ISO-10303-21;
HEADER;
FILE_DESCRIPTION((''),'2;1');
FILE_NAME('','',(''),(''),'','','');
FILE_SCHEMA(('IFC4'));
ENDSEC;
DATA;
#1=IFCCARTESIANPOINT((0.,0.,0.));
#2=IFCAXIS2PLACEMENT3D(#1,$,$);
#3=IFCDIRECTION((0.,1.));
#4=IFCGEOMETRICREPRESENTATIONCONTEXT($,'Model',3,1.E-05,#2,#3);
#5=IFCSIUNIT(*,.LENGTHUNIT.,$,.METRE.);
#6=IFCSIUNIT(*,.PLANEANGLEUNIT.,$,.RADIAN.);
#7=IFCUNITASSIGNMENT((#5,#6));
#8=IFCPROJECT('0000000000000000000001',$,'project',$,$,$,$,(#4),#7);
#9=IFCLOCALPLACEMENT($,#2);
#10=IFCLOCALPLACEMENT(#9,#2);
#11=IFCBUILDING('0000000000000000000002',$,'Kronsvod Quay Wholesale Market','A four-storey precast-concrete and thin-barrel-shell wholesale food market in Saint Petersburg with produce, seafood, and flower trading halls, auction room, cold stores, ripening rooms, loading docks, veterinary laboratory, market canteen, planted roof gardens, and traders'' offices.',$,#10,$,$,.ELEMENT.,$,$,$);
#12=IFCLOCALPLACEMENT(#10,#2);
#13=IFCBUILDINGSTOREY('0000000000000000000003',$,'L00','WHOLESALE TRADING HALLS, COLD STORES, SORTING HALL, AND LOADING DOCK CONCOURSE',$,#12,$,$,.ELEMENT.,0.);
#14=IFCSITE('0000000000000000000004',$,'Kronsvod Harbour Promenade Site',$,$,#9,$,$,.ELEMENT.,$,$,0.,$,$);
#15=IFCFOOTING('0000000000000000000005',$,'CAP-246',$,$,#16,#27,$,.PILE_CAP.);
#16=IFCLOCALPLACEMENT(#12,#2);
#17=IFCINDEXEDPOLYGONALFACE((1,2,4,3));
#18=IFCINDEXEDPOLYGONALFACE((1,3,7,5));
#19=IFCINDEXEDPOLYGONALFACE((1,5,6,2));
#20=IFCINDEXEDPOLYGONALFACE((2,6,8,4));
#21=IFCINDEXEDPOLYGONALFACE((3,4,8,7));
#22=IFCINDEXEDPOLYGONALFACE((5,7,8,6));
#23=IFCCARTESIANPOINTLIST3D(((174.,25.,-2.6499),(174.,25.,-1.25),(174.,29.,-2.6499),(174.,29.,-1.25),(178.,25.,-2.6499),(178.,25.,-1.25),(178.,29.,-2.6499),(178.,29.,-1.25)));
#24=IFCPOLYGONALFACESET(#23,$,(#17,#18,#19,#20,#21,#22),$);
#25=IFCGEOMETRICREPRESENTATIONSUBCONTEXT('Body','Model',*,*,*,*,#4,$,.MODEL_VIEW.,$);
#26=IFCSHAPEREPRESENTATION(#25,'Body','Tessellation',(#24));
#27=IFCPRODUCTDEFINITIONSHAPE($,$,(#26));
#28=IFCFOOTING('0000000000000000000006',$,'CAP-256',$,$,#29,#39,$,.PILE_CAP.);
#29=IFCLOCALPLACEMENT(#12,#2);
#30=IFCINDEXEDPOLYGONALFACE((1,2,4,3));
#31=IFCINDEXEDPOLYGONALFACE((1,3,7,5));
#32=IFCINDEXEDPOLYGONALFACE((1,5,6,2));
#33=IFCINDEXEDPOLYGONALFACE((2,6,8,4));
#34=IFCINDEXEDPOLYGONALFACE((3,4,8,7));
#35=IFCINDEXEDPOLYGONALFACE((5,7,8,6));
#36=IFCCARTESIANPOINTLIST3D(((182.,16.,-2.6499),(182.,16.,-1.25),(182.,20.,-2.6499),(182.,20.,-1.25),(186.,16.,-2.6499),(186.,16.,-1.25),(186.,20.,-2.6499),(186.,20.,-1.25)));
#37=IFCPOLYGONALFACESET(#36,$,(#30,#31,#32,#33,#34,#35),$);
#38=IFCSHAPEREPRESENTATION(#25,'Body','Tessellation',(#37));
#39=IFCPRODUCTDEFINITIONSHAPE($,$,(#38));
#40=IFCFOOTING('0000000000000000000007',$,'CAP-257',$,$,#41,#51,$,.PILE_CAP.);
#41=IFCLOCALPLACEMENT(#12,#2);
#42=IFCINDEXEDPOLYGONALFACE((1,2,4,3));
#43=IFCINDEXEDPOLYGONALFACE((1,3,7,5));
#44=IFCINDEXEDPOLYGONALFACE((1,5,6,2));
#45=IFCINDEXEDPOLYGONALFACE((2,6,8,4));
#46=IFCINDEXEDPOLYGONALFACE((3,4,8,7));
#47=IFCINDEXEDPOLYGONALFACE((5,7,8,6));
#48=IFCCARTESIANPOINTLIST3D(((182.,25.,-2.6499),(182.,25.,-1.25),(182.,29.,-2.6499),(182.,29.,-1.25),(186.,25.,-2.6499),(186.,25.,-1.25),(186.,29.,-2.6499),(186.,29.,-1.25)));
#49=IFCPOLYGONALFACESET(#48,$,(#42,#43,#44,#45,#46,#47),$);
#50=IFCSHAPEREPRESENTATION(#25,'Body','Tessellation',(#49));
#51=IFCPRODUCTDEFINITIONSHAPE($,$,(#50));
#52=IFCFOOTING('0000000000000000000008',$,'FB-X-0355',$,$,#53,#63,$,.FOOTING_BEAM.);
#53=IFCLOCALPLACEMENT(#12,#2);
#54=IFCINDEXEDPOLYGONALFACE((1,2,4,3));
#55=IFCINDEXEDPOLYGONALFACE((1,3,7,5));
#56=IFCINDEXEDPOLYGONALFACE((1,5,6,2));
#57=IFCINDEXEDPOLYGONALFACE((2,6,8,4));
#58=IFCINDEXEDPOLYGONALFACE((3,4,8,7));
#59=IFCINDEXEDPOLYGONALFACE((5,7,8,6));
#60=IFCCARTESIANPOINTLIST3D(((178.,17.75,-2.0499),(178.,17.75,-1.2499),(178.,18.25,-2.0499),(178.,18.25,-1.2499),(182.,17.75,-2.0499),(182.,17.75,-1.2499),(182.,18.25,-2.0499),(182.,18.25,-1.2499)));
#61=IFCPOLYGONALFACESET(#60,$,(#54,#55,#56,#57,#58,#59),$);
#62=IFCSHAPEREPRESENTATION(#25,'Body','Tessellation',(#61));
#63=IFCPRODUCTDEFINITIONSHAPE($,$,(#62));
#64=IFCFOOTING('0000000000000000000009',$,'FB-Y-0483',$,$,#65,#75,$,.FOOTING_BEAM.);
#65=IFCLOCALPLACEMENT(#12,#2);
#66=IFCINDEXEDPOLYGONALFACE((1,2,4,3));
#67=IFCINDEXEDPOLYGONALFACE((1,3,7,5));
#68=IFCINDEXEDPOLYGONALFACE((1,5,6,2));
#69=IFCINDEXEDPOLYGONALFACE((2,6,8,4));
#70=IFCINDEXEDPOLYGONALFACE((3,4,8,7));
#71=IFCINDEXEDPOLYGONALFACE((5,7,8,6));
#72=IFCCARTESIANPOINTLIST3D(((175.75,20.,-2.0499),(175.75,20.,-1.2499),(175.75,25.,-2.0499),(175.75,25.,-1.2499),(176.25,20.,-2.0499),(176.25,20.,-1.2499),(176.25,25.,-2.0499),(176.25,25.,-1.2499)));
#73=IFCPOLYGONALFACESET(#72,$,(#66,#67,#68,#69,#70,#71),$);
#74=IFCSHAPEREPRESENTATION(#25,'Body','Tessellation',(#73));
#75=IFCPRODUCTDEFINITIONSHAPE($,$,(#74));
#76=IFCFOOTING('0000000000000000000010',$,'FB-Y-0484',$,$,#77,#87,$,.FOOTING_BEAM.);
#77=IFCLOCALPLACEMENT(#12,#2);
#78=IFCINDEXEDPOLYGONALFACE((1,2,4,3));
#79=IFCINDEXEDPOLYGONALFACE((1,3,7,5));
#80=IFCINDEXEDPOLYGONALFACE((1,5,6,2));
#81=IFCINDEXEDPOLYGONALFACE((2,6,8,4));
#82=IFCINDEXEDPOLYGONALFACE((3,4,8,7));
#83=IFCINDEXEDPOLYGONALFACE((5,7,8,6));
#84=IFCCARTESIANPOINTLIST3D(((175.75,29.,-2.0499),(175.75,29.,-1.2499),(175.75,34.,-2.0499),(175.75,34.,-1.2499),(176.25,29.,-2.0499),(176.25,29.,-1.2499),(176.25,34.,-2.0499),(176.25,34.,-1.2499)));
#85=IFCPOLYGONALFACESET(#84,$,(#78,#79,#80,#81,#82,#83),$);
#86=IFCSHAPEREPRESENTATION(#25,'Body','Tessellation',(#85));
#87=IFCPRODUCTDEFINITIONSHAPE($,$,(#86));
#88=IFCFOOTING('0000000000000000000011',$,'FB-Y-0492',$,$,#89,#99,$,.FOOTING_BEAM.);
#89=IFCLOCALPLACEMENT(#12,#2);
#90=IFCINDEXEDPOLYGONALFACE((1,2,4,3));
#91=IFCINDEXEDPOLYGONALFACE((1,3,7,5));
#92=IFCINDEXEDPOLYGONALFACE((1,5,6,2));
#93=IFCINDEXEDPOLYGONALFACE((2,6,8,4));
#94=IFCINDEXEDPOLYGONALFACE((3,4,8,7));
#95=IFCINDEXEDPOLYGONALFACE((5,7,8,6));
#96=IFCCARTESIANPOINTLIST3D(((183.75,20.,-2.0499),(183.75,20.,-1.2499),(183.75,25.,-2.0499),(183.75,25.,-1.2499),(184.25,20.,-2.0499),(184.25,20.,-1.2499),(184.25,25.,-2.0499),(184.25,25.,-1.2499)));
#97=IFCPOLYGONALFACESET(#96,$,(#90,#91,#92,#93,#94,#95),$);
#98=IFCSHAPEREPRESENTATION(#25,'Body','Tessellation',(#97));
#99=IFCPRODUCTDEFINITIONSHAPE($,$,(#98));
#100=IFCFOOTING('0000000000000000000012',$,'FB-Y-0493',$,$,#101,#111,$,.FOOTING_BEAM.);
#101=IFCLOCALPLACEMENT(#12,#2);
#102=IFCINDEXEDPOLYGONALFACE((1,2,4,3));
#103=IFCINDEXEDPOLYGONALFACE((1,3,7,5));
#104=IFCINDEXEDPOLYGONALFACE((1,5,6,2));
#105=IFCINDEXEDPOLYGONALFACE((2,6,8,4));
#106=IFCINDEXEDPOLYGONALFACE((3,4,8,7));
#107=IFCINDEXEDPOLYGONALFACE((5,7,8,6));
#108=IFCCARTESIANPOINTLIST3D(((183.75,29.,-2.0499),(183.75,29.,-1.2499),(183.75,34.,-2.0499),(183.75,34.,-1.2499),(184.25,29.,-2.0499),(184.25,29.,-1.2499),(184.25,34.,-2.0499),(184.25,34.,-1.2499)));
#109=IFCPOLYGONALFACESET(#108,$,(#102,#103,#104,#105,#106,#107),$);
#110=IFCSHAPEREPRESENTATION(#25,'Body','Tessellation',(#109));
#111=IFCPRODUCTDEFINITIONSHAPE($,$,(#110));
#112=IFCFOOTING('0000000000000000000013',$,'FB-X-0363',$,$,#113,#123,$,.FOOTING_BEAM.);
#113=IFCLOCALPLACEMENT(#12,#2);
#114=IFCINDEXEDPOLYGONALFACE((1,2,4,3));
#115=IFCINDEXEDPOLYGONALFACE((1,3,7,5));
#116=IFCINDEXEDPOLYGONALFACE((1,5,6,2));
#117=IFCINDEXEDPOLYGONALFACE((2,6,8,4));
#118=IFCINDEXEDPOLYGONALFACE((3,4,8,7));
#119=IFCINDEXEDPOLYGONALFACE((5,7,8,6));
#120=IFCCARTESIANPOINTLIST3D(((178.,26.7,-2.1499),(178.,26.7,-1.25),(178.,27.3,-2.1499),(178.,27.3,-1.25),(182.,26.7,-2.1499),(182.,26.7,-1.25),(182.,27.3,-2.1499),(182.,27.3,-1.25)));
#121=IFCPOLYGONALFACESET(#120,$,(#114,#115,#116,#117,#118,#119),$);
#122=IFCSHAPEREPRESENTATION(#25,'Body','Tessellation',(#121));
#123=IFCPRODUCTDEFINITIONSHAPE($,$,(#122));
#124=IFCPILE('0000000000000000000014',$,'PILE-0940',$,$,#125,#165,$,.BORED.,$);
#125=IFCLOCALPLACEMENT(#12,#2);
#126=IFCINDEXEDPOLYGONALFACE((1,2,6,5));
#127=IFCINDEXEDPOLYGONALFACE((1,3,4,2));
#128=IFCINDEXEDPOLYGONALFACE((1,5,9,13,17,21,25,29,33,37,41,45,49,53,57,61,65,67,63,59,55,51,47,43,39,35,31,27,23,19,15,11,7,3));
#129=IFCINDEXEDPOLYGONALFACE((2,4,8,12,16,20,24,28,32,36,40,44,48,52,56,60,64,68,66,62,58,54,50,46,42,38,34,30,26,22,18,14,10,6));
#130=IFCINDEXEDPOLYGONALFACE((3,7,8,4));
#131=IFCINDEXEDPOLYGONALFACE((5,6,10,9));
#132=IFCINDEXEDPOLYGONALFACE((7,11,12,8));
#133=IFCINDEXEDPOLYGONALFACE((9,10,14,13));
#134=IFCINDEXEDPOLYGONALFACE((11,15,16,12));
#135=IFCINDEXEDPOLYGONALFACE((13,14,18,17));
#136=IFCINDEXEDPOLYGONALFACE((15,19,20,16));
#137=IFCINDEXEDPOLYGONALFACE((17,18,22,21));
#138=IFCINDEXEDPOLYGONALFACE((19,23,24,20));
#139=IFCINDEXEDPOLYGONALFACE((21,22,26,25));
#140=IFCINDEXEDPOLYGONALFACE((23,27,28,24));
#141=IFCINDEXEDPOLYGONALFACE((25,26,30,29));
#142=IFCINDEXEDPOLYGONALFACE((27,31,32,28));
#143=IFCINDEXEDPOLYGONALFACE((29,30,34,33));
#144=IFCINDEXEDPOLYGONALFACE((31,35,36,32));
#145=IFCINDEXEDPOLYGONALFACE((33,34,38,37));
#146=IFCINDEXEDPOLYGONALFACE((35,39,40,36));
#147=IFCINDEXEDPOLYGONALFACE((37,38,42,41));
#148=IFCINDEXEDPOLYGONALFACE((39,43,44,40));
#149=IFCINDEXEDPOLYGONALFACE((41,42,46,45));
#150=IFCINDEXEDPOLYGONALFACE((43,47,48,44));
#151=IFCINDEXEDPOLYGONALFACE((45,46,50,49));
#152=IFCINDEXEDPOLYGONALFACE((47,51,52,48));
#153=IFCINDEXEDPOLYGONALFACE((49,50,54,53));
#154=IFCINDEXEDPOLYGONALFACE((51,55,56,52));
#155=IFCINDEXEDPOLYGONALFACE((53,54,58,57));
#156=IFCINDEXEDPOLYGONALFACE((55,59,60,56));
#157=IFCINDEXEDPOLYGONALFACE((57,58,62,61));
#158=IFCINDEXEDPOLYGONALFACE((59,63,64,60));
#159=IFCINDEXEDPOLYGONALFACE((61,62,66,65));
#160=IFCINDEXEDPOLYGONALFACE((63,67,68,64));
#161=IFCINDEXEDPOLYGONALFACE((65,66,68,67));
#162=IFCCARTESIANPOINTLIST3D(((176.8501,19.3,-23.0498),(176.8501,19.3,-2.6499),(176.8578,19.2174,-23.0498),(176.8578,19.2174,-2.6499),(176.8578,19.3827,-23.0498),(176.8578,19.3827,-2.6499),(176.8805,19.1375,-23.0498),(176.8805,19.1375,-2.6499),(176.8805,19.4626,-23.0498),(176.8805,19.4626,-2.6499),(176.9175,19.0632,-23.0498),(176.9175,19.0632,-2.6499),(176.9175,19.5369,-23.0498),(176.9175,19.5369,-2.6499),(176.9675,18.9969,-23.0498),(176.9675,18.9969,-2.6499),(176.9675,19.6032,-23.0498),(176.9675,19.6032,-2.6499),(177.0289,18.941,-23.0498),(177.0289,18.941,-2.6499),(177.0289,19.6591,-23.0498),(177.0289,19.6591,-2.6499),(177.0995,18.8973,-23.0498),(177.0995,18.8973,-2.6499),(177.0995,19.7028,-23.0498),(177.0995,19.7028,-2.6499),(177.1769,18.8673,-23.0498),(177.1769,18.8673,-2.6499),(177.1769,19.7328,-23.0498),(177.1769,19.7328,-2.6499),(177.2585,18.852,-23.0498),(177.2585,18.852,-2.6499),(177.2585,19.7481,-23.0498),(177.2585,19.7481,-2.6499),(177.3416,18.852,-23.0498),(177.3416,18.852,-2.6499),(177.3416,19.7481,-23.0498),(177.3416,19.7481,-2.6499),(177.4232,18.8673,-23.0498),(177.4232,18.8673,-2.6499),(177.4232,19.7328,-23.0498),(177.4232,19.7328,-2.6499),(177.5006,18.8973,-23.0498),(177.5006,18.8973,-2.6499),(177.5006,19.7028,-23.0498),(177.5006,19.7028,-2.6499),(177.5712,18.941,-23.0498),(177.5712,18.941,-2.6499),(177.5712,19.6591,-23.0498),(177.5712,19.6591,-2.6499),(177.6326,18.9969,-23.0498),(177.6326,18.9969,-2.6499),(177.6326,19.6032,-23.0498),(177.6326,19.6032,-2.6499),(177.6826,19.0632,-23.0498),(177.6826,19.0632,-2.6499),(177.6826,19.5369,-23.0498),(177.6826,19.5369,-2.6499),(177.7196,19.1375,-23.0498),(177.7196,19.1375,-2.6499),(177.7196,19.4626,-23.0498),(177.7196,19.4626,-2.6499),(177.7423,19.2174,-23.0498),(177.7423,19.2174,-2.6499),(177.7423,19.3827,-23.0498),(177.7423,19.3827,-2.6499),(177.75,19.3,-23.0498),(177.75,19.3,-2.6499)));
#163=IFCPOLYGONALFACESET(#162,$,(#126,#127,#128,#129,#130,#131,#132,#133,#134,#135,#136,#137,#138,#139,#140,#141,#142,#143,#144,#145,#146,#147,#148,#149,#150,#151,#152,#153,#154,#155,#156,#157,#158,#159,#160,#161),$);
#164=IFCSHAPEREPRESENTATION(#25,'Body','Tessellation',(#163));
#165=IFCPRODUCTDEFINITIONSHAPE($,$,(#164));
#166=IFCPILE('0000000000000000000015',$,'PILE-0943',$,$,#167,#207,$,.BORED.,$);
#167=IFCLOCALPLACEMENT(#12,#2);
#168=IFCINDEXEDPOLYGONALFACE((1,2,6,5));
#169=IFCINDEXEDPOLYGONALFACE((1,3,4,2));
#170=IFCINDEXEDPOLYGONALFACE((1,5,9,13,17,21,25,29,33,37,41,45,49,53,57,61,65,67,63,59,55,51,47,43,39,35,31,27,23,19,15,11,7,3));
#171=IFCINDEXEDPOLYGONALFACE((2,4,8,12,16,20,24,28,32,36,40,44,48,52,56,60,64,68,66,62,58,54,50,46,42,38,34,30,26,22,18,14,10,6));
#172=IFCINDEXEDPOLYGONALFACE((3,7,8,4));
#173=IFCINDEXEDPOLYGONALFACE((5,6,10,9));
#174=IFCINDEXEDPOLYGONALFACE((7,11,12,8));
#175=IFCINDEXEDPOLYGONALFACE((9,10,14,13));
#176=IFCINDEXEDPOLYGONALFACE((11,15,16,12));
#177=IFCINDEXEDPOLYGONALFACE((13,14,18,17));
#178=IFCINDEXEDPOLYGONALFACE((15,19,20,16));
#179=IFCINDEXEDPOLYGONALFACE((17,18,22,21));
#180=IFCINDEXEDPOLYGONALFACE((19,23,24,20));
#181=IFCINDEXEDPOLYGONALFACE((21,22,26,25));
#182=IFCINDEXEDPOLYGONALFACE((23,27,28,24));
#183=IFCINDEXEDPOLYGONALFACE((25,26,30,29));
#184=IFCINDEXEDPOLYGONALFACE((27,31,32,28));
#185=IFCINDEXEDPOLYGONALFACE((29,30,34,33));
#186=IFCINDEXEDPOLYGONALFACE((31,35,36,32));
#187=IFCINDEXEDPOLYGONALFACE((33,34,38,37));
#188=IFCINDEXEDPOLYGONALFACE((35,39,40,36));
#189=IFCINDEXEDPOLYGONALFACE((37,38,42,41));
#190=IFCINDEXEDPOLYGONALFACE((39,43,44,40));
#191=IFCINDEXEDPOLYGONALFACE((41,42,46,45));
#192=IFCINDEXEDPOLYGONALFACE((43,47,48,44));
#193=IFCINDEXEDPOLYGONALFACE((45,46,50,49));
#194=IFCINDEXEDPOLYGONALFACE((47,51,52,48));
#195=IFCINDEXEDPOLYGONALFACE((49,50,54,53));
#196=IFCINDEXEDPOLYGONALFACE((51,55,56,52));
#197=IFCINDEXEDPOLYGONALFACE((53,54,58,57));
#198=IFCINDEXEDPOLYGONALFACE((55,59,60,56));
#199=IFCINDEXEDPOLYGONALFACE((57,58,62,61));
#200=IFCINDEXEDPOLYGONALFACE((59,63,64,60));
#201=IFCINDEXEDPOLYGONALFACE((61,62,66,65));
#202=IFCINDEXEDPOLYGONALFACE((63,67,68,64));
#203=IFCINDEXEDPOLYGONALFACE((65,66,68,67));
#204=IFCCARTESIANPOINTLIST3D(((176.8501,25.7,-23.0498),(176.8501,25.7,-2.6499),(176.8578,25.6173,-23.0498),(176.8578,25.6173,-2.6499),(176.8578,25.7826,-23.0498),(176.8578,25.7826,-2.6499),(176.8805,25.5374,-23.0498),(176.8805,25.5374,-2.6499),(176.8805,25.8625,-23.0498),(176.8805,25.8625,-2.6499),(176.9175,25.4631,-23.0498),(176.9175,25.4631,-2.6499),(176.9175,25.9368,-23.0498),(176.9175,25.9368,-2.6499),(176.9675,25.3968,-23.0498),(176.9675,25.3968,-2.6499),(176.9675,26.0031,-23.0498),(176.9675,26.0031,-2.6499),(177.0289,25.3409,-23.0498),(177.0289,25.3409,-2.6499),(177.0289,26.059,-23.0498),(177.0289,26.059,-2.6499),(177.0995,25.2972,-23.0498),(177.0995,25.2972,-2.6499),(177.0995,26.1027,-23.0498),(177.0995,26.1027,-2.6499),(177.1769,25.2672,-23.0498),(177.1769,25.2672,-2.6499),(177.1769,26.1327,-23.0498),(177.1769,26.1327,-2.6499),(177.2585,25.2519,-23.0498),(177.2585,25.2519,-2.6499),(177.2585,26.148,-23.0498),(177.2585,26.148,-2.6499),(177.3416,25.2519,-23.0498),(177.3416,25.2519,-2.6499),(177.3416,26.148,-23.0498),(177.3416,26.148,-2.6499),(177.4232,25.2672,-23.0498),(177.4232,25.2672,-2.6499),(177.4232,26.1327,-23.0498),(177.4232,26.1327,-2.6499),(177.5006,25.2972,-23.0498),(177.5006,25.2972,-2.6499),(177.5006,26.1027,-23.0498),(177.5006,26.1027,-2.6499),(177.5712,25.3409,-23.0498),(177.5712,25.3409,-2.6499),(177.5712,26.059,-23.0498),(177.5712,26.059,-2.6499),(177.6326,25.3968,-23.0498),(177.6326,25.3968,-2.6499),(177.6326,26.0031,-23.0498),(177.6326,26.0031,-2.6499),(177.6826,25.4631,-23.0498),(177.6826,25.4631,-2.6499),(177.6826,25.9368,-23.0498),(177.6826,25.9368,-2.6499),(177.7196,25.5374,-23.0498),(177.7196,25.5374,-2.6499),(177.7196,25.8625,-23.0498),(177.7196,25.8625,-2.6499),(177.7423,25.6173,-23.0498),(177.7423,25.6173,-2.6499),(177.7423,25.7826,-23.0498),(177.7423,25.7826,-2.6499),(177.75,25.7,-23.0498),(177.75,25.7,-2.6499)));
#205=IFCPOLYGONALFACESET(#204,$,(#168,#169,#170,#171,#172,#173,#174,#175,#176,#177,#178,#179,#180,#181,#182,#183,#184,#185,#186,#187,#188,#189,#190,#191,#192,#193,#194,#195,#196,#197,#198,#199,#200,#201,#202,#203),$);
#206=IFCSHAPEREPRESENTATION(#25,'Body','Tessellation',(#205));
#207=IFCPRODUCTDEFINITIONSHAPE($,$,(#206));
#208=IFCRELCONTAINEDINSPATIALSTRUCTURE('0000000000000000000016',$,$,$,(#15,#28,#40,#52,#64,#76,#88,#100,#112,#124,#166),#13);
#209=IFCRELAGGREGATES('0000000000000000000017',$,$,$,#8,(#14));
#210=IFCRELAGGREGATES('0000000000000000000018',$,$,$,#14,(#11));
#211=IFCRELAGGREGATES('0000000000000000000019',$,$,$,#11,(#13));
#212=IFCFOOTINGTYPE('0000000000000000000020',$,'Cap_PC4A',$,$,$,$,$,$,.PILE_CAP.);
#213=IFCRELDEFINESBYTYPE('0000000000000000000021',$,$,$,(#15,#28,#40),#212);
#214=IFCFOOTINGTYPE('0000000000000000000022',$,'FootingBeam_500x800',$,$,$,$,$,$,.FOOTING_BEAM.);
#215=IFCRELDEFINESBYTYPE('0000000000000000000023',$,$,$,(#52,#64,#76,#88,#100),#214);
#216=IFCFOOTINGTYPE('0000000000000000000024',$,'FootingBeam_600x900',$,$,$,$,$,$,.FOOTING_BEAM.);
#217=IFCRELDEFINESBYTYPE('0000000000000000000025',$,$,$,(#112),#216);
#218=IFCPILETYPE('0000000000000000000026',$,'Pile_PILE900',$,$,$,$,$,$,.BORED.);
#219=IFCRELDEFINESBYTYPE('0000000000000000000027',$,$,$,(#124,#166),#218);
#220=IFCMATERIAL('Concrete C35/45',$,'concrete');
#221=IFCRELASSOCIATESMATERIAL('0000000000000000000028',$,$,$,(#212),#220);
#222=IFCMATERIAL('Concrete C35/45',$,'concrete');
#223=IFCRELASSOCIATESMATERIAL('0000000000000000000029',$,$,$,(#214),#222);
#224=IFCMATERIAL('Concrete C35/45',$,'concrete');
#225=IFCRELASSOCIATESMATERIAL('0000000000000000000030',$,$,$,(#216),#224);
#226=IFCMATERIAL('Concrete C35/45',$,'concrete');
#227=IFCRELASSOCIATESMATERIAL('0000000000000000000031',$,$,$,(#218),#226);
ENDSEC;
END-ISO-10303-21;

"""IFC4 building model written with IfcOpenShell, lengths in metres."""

from ifc_helpers import new_model, si_unit, direction, frame, origin, origin_2d, place, context, subcontext, project, spatial, rectangle, circle, extrude, material, material_profile, profile_set, type_object, element, save


model = new_model("IFC4")

# Units and contexts
model_context = context("Model", 3, precision=1e-05, world=origin(), true_north=direction((0.0, 1.0)))
body_context = subcontext(model_context, "Body", "Model", "MODEL_VIEW")
ifc_project = project(units=[si_unit("LENGTHUNIT", "METRE"), si_unit("PLANEANGLEUNIT", "RADIAN")], contexts=[model_context])

# Site, building, storey
site_placement = place(None, origin())
site = spatial("IfcSite", under=ifc_project, at=site_placement, Name="Kronsvod Harbour Promenade Site", CompositionType="ELEMENT", RefElevation=0.0)
building_placement = place(site_placement, origin())
building = spatial("IfcBuilding", under=site, at=building_placement, Name="Kronsvod Quay Wholesale Market", Description="A four-storey precast-concrete and thin-barrel-shell wholesale food market in Saint Petersburg with produce, seafood, and flower trading halls, auction room, cold stores, ripening rooms, loading docks, veterinary laboratory, market canteen, planted roof gardens, and traders' offices.", CompositionType="ELEMENT")
storey_placement = place(building_placement, origin())
storey = spatial("IfcBuildingStorey", under=building, at=storey_placement, Name="L00", Description="WHOLESALE TRADING HALLS, COLD STORES, SORTING HALL, AND LOADING DOCK CONCOURSE", CompositionType="ELEMENT", Elevation=0.0)

# Footings
ifc_material_1 = material(Name="Concrete C35/45", Category="concrete")
footing_type_1 = type_object("IfcFootingType", Name="Cap_PC4A", PredefinedType="PILE_CAP", material=ifc_material_1)
for number, where, z_axis, x_axis, name in (
    (1, (176.0, 27.0, -2.6499), (0.0, 0.0, 1.0), (1.0, 0.0, 0.0), "CAP-246"),
    (2, (184.0, 18.0, -2.6499), (0.0, 0.0, 1.0), (1.0, 0.0, 0.0), "CAP-256"),
    (3, (184.0, 27.0, -2.6499), (0.0, 0.0, 1.0), (1.0, 0.0, 0.0), "CAP-257"),
):
    element("IfcFooting", number, at=place(storey_placement, frame(where, z_axis=z_axis, x_axis=x_axis)), inside=storey, type_object=footing_type_1, Name=name, PredefinedType="PILE_CAP", context=body_context, shape_type="SweptSolid", body=[
        extrude(rectangle(XDim=4.0, YDim=4.0, at=origin_2d()), origin(), (0.0, 0.0, 1.0), 1.3999),
    ])
ifc_material_2 = material(Name="Concrete C35/45", Category="concrete")
ifc_material_profile_1 = material_profile(ifc_material_2, rectangle(XDim=0.5, YDim=0.8, at=origin_2d()), Name="FB-01")
ifc_profile_set_1 = profile_set([ifc_material_profile_1], Name="Concrete C35/45")
footing_type_2 = type_object("IfcFootingType", Name="FootingBeam_500x800", PredefinedType="FOOTING_BEAM", material=ifc_profile_set_1)
footing_1_placement = place(storey_placement, frame((178.0, 18.0, -1.6499), z_axis=(1.0, 0.0, 0.0), x_axis=(0.0, 1.0, 0.0)))
element("IfcFooting", 4, at=footing_1_placement, inside=storey, type_object=footing_type_2, Name="FB-X-0355", PredefinedType="FOOTING_BEAM", context=body_context, shape_type="SweptSolid", body=[
    extrude(rectangle(XDim=0.5, YDim=0.8, at=origin_2d()), origin(), (0.0, 0.0, 1.0), 4.0),
])
for number, where, z_axis, x_axis, name in (
    (5, (176.0, 20.0, -1.6499), (0.0, 1.0, 0.0), (-1.0, 0.0, 0.0), "FB-Y-0483"),
    (6, (176.0, 29.0, -1.6499), (0.0, 1.0, 0.0), (-1.0, 0.0, 0.0), "FB-Y-0484"),
    (7, (184.0, 20.0, -1.6499), (0.0, 1.0, 0.0), (-1.0, 0.0, 0.0), "FB-Y-0492"),
    (8, (184.0, 29.0, -1.6499), (0.0, 1.0, 0.0), (-1.0, 0.0, 0.0), "FB-Y-0493"),
):
    element("IfcFooting", number, at=place(storey_placement, frame(where, z_axis=z_axis, x_axis=x_axis)), inside=storey, type_object=footing_type_2, Name=name, PredefinedType="FOOTING_BEAM", context=body_context, shape_type="SweptSolid", body=[
        extrude(rectangle(XDim=0.5, YDim=0.8, at=origin_2d()), origin(), (0.0, 0.0, 1.0), 5.0),
    ])
ifc_material_3 = material(Name="Concrete C35/45", Category="concrete")
ifc_material_profile_2 = material_profile(ifc_material_3, rectangle(XDim=0.6001, YDim=0.8999, at=origin_2d()), Name="FB-02")
ifc_profile_set_2 = profile_set([ifc_material_profile_2], Name="Concrete C35/45")
footing_type_3 = type_object("IfcFootingType", Name="FootingBeam_600x900", PredefinedType="FOOTING_BEAM", material=ifc_profile_set_2)
footing_2_placement = place(storey_placement, frame((178.0, 27.0, -1.7), z_axis=(1.0, 0.0, 0.0), x_axis=(0.0, 1.0, 0.0)))
element("IfcFooting", 9, at=footing_2_placement, inside=storey, type_object=footing_type_3, Name="FB-X-0363", PredefinedType="FOOTING_BEAM", context=body_context, shape_type="SweptSolid", body=[
    extrude(rectangle(XDim=0.6001, YDim=0.8999, at=origin_2d()), origin(), (0.0, 0.0, 1.0), 4.0),
])

# Piles
ifc_material_4 = material(Name="Concrete C35/45", Category="concrete")
ifc_material_profile_3 = material_profile(ifc_material_4, circle(Radius=0.45, at=origin_2d()), Name="PILE900")
ifc_profile_set_3 = profile_set([ifc_material_profile_3], Name="Concrete C35/45")
pile_type = type_object("IfcPileType", Name="Pile_PILE900", PredefinedType="BORED", material=ifc_profile_set_3)
for number, where, z_axis, x_axis, name in (
    (10, (177.3, 19.3, -2.6499), (0.0, 0.0, -1.0), (1.0, 0.0, 0.0), "PILE-0940"),
    (11, (177.3, 25.7, -2.6499), (0.0, 0.0, -1.0), (1.0, 0.0, 0.0), "PILE-0943"),
):
    element("IfcPile", number, at=place(storey_placement, frame(where, z_axis=z_axis, x_axis=x_axis)), inside=storey, type_object=pile_type, Name=name, PredefinedType="BORED", context=body_context, shape_type="SweptSolid", body=[
        extrude(circle(Radius=0.45, at=origin_2d()), origin(), (0.0, 0.0, 1.0), 20.3999),
    ])

save(model, "model.ifc")
